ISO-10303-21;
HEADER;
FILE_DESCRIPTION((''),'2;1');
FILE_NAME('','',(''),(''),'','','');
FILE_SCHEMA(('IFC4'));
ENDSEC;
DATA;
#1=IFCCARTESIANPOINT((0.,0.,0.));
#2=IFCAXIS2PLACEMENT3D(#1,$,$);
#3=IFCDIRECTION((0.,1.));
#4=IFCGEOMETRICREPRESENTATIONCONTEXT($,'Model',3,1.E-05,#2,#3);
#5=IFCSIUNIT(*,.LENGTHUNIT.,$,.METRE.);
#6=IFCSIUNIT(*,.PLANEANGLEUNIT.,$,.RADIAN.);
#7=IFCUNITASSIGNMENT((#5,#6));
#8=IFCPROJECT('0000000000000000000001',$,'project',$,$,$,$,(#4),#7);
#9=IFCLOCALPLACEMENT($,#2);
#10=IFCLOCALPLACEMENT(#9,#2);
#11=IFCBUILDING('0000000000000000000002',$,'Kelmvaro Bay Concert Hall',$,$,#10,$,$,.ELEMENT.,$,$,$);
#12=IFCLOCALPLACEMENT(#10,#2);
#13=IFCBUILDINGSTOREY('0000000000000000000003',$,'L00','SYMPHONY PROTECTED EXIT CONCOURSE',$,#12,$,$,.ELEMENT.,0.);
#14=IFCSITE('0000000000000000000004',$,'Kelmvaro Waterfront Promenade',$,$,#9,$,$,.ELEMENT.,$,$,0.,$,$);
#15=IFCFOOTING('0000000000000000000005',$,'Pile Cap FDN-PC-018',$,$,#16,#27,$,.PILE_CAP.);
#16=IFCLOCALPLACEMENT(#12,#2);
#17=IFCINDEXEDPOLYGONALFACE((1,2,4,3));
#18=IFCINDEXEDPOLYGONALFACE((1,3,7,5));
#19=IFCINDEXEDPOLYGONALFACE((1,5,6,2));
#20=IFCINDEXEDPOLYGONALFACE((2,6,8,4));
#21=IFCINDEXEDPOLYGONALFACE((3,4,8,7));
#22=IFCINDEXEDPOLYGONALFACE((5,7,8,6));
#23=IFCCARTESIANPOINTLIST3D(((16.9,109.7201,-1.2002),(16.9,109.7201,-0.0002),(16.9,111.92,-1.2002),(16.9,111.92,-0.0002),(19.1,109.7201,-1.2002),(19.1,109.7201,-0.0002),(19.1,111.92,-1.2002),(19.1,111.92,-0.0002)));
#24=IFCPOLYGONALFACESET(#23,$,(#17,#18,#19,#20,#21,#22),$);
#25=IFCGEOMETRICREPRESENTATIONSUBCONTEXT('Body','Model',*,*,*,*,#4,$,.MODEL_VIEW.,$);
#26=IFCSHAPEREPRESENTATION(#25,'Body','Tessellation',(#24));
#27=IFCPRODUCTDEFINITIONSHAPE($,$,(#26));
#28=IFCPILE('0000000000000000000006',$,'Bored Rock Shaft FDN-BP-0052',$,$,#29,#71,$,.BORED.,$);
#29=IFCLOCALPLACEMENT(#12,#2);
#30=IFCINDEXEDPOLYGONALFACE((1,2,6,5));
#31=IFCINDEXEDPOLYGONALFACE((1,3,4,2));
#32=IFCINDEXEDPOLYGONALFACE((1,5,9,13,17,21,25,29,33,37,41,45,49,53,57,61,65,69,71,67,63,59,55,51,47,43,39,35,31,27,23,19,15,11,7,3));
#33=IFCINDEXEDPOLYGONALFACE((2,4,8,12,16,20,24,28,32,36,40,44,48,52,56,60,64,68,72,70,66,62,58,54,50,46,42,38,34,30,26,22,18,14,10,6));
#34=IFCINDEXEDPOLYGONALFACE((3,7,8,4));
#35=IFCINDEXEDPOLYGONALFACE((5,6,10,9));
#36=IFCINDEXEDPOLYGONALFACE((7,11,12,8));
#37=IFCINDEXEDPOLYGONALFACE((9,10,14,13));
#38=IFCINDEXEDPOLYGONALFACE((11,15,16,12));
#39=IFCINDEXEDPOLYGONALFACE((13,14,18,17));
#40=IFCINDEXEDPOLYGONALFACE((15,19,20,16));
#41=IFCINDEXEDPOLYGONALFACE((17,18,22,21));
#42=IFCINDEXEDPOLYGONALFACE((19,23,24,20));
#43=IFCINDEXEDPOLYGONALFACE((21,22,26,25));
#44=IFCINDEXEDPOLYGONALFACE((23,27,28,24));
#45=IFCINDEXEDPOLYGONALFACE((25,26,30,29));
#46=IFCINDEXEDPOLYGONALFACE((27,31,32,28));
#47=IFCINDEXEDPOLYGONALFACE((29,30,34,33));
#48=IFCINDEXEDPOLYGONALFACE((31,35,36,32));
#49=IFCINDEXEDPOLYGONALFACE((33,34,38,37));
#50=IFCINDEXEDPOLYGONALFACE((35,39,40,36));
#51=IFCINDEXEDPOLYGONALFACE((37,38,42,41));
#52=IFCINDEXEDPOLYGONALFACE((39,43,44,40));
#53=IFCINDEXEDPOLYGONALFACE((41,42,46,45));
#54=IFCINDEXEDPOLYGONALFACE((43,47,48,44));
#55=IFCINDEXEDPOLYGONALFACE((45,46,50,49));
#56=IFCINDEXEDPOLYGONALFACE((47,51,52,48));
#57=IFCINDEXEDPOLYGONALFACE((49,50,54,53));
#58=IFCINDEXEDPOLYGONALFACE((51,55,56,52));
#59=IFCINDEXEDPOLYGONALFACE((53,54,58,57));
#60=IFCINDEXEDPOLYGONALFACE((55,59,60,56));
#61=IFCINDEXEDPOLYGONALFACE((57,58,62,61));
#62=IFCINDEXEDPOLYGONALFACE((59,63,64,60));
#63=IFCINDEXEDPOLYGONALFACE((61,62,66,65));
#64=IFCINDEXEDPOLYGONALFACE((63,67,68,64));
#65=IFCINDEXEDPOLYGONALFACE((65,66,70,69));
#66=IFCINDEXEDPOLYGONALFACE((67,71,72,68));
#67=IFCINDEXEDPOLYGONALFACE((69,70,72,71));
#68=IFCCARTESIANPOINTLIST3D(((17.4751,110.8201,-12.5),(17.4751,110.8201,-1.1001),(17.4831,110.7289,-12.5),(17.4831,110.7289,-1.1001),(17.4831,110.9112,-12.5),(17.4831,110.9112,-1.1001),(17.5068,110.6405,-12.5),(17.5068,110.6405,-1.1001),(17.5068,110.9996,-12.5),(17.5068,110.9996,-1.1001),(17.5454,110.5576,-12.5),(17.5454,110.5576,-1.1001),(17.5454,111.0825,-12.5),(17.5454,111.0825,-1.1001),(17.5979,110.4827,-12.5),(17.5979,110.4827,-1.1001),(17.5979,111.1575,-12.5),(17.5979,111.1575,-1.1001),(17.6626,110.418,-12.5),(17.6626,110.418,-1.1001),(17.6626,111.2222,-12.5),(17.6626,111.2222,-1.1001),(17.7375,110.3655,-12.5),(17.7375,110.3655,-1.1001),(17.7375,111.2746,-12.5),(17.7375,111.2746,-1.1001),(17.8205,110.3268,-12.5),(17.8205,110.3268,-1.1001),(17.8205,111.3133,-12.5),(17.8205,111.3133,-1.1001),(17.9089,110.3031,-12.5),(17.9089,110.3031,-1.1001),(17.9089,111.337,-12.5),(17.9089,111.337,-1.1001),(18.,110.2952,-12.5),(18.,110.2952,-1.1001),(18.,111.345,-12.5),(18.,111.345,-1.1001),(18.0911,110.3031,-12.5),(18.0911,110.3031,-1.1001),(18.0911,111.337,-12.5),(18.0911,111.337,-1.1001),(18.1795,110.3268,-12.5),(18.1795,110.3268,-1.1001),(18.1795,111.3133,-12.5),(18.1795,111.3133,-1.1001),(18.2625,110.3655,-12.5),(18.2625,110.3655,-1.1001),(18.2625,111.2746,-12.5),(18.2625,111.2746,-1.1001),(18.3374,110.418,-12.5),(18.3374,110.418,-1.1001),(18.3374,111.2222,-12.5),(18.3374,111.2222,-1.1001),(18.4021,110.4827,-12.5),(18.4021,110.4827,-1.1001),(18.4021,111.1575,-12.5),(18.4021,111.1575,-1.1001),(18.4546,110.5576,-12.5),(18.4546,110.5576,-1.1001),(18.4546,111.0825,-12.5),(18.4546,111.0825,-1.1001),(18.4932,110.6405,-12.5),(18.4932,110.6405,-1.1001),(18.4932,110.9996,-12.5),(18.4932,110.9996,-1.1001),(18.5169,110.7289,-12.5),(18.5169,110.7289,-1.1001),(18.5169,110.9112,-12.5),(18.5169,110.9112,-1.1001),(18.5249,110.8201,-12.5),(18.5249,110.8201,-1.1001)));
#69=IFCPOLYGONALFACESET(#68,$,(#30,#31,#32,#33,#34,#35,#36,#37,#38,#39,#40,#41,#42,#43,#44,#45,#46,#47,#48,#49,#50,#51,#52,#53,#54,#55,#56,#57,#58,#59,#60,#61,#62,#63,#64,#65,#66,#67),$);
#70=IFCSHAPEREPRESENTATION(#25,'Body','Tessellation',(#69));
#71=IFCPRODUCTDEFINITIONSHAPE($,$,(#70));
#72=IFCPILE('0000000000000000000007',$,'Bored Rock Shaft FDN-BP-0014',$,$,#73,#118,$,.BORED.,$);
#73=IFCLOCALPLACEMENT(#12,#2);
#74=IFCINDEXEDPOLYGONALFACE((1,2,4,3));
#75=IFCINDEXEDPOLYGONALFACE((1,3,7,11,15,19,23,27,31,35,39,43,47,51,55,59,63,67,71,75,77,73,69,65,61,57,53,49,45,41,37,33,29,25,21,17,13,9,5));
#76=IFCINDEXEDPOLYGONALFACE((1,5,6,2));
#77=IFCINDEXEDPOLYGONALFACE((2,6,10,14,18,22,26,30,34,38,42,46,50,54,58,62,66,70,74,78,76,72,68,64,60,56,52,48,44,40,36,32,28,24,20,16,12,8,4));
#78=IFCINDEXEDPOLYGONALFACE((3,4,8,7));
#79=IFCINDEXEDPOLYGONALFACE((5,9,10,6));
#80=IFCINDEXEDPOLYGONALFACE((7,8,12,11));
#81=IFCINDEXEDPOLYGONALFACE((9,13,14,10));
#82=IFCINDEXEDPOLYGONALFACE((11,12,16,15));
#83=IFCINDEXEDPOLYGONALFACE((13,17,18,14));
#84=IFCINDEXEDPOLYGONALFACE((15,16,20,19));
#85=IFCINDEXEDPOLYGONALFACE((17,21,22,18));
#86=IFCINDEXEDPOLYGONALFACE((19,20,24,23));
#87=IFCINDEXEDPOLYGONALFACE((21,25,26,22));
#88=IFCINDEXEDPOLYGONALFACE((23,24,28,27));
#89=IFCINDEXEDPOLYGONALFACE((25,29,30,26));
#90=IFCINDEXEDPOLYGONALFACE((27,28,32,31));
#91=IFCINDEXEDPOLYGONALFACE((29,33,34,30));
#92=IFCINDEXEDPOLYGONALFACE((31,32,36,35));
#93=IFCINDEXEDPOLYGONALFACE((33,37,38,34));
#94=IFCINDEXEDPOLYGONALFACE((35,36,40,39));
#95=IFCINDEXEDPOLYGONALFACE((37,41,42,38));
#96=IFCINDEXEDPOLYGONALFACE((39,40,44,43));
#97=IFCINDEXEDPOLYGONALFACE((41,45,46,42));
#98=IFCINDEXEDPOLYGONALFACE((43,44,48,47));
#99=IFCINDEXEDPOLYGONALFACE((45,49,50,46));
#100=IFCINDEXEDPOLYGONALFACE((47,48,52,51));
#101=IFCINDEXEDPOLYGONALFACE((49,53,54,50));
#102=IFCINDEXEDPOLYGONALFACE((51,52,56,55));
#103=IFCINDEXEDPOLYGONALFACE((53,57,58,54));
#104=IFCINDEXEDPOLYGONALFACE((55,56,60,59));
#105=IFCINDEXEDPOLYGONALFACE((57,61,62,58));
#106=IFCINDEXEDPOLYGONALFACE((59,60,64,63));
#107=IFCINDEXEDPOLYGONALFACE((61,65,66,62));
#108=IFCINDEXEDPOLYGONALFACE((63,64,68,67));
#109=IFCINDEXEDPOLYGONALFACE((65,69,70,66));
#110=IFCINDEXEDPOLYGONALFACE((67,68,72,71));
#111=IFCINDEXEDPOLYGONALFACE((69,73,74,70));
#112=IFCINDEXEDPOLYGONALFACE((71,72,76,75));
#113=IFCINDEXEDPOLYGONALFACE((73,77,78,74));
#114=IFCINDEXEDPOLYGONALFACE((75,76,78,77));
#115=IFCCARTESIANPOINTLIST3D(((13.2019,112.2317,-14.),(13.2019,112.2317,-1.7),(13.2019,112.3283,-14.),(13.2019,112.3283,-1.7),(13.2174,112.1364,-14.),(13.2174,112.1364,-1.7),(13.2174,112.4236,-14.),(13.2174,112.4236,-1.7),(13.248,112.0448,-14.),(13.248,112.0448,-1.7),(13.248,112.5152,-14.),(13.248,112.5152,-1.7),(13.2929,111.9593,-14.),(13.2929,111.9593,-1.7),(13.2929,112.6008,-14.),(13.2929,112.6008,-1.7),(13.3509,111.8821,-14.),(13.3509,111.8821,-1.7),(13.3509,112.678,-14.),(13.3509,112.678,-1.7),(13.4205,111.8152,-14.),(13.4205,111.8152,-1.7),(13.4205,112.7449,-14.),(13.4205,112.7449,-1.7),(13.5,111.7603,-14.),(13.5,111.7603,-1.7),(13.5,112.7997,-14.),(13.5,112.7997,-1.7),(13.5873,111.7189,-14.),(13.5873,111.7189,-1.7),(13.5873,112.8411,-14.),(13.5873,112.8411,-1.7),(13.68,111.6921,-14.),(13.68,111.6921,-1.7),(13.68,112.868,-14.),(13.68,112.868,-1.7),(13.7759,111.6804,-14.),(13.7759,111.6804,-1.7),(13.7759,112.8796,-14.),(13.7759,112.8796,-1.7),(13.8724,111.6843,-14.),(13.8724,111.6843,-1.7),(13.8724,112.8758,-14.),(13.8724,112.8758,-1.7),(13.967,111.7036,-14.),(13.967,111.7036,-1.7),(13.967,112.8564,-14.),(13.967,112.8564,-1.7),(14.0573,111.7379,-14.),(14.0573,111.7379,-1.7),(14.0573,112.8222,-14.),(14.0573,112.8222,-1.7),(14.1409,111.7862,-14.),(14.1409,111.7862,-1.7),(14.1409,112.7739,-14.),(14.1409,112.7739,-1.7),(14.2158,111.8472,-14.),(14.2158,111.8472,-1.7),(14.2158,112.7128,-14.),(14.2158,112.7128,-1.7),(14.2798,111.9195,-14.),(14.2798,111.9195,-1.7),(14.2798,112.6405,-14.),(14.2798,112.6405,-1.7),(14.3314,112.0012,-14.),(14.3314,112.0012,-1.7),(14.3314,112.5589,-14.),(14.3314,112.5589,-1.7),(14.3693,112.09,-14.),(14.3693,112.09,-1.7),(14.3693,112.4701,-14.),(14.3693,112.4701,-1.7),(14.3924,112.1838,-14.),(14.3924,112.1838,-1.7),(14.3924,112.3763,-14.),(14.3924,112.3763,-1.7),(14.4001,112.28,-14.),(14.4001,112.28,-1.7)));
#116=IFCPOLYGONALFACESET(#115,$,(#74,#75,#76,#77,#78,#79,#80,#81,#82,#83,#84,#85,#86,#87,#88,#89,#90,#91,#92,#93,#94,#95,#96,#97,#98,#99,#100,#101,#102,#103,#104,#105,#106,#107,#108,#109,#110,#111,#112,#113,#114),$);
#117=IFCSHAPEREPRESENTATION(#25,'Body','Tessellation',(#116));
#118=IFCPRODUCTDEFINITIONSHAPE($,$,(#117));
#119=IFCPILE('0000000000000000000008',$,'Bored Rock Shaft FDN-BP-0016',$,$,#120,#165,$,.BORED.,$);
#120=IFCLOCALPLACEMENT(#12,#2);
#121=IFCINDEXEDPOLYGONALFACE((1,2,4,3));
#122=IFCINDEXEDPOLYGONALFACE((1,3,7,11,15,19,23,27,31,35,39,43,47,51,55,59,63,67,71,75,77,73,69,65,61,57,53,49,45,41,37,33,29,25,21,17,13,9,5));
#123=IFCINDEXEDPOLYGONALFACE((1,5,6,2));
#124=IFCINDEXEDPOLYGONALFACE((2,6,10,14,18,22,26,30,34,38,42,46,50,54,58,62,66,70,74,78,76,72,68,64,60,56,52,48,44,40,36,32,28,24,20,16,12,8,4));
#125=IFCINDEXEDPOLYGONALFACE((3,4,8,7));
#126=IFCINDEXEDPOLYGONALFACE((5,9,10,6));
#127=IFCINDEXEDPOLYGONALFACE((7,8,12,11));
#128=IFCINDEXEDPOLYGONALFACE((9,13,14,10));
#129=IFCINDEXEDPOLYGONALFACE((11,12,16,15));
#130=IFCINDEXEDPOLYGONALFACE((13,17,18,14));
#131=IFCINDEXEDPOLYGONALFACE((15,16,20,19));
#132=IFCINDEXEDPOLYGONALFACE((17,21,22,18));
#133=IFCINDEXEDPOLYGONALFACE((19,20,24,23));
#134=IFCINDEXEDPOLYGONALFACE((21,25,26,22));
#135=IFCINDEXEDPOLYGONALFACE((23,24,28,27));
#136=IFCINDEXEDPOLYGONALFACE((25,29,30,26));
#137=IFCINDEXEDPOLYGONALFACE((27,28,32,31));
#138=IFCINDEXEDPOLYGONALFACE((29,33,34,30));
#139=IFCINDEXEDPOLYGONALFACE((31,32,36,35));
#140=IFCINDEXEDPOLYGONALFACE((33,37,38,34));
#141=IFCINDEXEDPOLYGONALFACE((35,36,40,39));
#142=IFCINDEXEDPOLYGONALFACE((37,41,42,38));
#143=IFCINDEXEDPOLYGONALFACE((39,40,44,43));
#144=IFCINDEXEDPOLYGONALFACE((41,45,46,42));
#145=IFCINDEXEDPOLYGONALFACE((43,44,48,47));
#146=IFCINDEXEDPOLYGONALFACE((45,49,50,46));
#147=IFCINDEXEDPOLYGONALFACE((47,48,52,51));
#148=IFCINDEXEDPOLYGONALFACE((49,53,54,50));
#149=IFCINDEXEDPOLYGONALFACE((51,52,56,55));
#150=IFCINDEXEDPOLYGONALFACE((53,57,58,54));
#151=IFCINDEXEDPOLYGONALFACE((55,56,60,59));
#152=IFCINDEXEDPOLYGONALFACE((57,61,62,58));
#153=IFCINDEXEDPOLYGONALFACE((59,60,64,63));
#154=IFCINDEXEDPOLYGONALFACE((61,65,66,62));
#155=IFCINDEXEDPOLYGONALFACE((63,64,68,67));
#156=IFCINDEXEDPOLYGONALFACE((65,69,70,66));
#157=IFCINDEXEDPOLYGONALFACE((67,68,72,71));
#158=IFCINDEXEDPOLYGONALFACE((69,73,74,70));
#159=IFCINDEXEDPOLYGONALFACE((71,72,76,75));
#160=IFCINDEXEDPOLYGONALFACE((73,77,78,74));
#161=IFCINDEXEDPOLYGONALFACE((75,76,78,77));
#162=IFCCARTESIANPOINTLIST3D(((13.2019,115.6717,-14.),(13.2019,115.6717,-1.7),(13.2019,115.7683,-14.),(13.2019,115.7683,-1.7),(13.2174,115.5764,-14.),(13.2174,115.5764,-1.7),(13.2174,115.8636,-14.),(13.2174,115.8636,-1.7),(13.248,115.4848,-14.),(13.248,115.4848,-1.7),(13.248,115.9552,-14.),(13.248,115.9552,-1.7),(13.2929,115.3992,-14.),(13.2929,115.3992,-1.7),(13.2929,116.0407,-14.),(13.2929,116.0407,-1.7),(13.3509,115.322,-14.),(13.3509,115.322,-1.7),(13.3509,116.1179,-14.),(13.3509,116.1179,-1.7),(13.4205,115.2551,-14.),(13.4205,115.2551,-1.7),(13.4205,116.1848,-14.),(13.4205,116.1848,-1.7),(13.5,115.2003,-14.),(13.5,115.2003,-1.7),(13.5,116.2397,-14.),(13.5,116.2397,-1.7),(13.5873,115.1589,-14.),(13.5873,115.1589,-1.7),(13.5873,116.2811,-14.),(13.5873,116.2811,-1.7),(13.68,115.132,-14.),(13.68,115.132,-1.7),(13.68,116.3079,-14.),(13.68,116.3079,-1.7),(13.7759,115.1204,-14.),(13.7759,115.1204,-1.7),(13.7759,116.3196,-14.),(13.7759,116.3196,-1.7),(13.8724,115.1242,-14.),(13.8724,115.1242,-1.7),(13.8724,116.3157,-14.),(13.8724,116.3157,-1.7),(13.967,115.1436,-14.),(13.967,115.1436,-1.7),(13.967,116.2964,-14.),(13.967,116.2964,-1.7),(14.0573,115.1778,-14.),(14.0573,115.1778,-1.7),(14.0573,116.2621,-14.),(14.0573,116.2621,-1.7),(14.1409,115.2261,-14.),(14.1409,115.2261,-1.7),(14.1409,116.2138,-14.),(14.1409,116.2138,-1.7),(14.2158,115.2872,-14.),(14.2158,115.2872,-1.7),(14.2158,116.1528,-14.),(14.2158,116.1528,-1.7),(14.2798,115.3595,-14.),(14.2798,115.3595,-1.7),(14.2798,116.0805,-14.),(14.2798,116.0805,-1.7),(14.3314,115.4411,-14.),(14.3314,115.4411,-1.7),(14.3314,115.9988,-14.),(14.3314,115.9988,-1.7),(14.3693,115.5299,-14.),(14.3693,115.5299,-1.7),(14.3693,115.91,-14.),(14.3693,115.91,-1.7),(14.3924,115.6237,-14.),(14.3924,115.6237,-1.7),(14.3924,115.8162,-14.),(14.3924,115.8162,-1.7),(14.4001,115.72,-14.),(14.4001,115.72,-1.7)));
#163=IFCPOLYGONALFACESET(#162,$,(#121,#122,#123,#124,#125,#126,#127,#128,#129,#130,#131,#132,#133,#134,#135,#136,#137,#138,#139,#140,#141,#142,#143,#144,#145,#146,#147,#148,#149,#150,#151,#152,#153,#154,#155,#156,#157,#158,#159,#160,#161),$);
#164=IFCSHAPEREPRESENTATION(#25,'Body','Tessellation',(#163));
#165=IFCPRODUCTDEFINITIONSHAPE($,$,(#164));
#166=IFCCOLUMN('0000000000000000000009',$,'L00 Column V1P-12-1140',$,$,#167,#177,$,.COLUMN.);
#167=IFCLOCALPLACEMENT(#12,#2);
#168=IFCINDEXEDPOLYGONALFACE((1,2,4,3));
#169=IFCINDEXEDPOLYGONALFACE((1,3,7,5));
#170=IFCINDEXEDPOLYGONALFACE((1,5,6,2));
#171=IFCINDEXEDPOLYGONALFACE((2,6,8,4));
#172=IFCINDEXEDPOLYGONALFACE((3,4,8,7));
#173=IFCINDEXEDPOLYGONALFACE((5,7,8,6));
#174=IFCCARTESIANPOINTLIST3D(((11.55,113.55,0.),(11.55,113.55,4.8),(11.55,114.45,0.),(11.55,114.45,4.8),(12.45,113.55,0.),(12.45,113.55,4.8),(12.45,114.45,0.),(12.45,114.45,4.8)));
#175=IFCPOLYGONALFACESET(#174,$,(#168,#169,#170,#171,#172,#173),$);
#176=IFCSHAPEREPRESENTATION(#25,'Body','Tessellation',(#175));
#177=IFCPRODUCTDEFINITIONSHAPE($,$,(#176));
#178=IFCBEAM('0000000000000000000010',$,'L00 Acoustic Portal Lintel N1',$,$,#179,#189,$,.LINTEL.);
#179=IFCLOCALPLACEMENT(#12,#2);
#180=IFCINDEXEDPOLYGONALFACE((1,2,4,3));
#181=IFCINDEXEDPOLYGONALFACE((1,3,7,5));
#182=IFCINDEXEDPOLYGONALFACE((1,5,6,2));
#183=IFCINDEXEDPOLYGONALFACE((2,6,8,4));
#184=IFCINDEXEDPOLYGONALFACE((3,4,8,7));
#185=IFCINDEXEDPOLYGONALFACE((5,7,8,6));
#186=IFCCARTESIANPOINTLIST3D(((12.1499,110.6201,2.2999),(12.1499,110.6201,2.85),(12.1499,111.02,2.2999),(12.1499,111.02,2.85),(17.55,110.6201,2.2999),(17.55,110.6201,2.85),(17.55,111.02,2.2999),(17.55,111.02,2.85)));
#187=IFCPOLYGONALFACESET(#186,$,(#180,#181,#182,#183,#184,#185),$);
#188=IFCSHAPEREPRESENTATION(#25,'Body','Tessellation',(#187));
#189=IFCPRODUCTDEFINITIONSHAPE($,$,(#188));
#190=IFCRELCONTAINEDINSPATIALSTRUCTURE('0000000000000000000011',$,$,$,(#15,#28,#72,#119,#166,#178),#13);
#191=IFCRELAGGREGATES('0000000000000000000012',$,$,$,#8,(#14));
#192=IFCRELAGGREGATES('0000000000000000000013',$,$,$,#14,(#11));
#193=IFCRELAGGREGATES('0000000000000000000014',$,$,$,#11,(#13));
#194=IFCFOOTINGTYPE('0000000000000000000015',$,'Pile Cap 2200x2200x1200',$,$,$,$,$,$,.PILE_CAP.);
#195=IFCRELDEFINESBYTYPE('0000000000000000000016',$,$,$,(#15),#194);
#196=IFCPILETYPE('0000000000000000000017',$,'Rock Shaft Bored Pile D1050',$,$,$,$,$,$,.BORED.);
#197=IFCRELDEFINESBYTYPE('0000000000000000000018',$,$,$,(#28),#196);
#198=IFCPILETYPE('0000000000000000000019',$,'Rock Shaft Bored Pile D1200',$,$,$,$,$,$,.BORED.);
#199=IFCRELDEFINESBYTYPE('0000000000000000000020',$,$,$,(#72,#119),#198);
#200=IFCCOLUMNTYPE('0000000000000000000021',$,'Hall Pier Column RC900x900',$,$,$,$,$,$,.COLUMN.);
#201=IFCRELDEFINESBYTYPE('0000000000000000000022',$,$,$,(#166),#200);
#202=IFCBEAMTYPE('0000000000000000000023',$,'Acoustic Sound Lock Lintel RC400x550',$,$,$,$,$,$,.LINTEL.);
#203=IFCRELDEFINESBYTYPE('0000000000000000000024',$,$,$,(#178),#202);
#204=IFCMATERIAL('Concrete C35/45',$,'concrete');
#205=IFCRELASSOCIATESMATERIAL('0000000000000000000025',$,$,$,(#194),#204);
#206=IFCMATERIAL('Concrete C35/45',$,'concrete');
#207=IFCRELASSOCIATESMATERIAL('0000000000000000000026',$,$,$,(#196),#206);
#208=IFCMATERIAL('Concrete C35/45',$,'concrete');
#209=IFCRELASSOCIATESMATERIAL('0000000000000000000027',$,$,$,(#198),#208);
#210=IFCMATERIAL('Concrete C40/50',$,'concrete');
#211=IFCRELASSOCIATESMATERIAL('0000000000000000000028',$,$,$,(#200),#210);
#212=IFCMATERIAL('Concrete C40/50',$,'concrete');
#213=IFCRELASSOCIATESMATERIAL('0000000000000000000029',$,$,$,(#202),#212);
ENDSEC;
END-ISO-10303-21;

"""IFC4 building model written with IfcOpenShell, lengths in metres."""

from ifc_helpers import new_model, si_unit, direction, frame, origin, origin_2d, place, context, subcontext, project, spatial, rectangle, circle, extrude, material, material_profile, profile_set, type_object, element, save


model = new_model("IFC4")

# Units and contexts
model_context = context("Model", 3, precision=1e-05, world=origin(), true_north=direction((0.0, 1.0)))
body_context = subcontext(model_context, "Body", "Model", "MODEL_VIEW")
ifc_project = project(units=[si_unit("LENGTHUNIT", "METRE"), si_unit("PLANEANGLEUNIT", "RADIAN")], contexts=[model_context])

# Site, building, storey
site_placement = place(None, origin())
site = spatial("IfcSite", under=ifc_project, at=site_placement, Name="Kelmvaro Waterfront Promenade", CompositionType="ELEMENT", RefElevation=0.0)
building_placement = place(site_placement, origin())
building = spatial("IfcBuilding", under=site, at=building_placement, Name="Kelmvaro Bay Concert Hall", CompositionType="ELEMENT")
storey_placement = place(building_placement, origin())
storey = spatial("IfcBuildingStorey", under=building, at=storey_placement, Name="L00", Description="SYMPHONY PROTECTED EXIT CONCOURSE", CompositionType="ELEMENT", Elevation=0.0)

# Footing
ifc_material_1 = material(Name="Concrete C35/45", Category="concrete")
footing_type = type_object("IfcFootingType", Name="Pile Cap 2200x2200x1200", PredefinedType="PILE_CAP", material=ifc_material_1)
footing_placement = place(storey_placement, frame((18.0, 110.8201, -1.2002), z_axis=(0.0, 0.0, 1.0), x_axis=(1.0, 0.0, 0.0)))
element("IfcFooting", 1, at=footing_placement, inside=storey, type_object=footing_type, Name="Pile Cap FDN-PC-018", PredefinedType="PILE_CAP", context=body_context, shape_type="SweptSolid", body=[
    extrude(rectangle(XDim=2.2, YDim=2.2, at=origin_2d()), origin(), (0.0, 0.0, 1.0), 1.2),
])

# Piles
ifc_material_2 = material(Name="Concrete C35/45", Category="concrete")
ifc_material_profile_1 = material_profile(ifc_material_2, circle(Radius=0.5249, at=origin_2d()), Name="PILE-BORED-1050")
ifc_profile_set_1 = profile_set([ifc_material_profile_1], Name="Concrete C35/45")
pile_type_1 = type_object("IfcPileType", Name="Rock Shaft Bored Pile D1050", PredefinedType="BORED", material=ifc_profile_set_1)
pile_placement = place(storey_placement, frame((18.0, 110.8201, -1.1001), z_axis=(0.0, 0.0, -1.0), x_axis=(1.0, 0.0, 0.0)))
element("IfcPile", 2, at=pile_placement, inside=storey, type_object=pile_type_1, Name="Bored Rock Shaft FDN-BP-0052", PredefinedType="BORED", context=body_context, shape_type="SweptSolid", body=[
    extrude(circle(Radius=0.5249, at=origin_2d()), origin(), (0.0, 0.0, 1.0), 11.3999),
])
ifc_material_3 = material(Name="Concrete C35/45", Category="concrete")
ifc_material_profile_2 = material_profile(ifc_material_3, circle(Radius=0.6001, at=origin_2d()), Name="PILE-BORED-1200")
ifc_profile_set_2 = profile_set([ifc_material_profile_2], Name="Concrete C35/45")
pile_type_2 = type_object("IfcPileType", Name="Rock Shaft Bored Pile D1200", PredefinedType="BORED", material=ifc_profile_set_2)
for number, where, z_axis, x_axis, name in (
    (3, (13.8, 112.28, -1.7), (0.0, 0.0, -1.0), (1.0, 0.0, 0.0), "Bored Rock Shaft FDN-BP-0014"),
    (4, (13.8, 115.72, -1.7), (0.0, 0.0, -1.0), (1.0, 0.0, 0.0), "Bored Rock Shaft FDN-BP-0016"),
):
    element("IfcPile", number, at=place(storey_placement, frame(where, z_axis=z_axis, x_axis=x_axis)), inside=storey, type_object=pile_type_2, Name=name, PredefinedType="BORED", context=body_context, shape_type="SweptSolid", body=[
        extrude(circle(Radius=0.6001, at=origin_2d()), origin(), (0.0, 0.0, 1.0), 12.3),
    ])

# Column
ifc_material_4 = material(Name="Concrete C40/50", Category="concrete")
ifc_material_profile_3 = material_profile(ifc_material_4, rectangle(XDim=0.8999, YDim=0.8999, at=origin_2d()), Name="RC-COL-900X900")
ifc_profile_set_3 = profile_set([ifc_material_profile_3], Name="Concrete C40/50")
column_type = type_object("IfcColumnType", Name="Hall Pier Column RC900x900", PredefinedType="COLUMN", material=ifc_profile_set_3)
column_placement = place(storey_placement, frame((12.0, 114.0, 0.0), z_axis=(0.0, 0.0, 1.0), x_axis=(1.0, 0.0, 0.0)))
element("IfcColumn", 5, at=column_placement, inside=storey, type_object=column_type, Name="L00 Column V1P-12-1140", PredefinedType="COLUMN", context=body_context, shape_type="SweptSolid", body=[
    extrude(rectangle(XDim=0.8999, YDim=0.8999, at=origin_2d()), origin(), (0.0, 0.0, 1.0), 4.8),
])

# Beam
ifc_material_5 = material(Name="Concrete C40/50", Category="concrete")
ifc_material_profile_4 = material_profile(ifc_material_5, rectangle(XDim=0.3999, YDim=0.55, at=origin_2d()), Name="RC-LNT-400X550")
ifc_profile_set_4 = profile_set([ifc_material_profile_4], Name="Concrete C40/50")
beam_type = type_object("IfcBeamType", Name="Acoustic Sound Lock Lintel RC400x550", PredefinedType="LINTEL", material=ifc_profile_set_4)
beam_placement = place(storey_placement, frame((12.1499, 110.8201, 2.575), z_axis=(1.0, 0.0, 0.0), x_axis=(0.0, 1.0, 0.0)))
element("IfcBeam", 6, at=beam_placement, inside=storey, type_object=beam_type, Name="L00 Acoustic Portal Lintel N1", PredefinedType="LINTEL", context=body_context, shape_type="SweptSolid", body=[
    extrude(rectangle(XDim=0.3999, YDim=0.55, at=origin_2d()), origin(), (0.0, 0.0, 1.0), 5.4001),
])

save(model, "model.ifc")
